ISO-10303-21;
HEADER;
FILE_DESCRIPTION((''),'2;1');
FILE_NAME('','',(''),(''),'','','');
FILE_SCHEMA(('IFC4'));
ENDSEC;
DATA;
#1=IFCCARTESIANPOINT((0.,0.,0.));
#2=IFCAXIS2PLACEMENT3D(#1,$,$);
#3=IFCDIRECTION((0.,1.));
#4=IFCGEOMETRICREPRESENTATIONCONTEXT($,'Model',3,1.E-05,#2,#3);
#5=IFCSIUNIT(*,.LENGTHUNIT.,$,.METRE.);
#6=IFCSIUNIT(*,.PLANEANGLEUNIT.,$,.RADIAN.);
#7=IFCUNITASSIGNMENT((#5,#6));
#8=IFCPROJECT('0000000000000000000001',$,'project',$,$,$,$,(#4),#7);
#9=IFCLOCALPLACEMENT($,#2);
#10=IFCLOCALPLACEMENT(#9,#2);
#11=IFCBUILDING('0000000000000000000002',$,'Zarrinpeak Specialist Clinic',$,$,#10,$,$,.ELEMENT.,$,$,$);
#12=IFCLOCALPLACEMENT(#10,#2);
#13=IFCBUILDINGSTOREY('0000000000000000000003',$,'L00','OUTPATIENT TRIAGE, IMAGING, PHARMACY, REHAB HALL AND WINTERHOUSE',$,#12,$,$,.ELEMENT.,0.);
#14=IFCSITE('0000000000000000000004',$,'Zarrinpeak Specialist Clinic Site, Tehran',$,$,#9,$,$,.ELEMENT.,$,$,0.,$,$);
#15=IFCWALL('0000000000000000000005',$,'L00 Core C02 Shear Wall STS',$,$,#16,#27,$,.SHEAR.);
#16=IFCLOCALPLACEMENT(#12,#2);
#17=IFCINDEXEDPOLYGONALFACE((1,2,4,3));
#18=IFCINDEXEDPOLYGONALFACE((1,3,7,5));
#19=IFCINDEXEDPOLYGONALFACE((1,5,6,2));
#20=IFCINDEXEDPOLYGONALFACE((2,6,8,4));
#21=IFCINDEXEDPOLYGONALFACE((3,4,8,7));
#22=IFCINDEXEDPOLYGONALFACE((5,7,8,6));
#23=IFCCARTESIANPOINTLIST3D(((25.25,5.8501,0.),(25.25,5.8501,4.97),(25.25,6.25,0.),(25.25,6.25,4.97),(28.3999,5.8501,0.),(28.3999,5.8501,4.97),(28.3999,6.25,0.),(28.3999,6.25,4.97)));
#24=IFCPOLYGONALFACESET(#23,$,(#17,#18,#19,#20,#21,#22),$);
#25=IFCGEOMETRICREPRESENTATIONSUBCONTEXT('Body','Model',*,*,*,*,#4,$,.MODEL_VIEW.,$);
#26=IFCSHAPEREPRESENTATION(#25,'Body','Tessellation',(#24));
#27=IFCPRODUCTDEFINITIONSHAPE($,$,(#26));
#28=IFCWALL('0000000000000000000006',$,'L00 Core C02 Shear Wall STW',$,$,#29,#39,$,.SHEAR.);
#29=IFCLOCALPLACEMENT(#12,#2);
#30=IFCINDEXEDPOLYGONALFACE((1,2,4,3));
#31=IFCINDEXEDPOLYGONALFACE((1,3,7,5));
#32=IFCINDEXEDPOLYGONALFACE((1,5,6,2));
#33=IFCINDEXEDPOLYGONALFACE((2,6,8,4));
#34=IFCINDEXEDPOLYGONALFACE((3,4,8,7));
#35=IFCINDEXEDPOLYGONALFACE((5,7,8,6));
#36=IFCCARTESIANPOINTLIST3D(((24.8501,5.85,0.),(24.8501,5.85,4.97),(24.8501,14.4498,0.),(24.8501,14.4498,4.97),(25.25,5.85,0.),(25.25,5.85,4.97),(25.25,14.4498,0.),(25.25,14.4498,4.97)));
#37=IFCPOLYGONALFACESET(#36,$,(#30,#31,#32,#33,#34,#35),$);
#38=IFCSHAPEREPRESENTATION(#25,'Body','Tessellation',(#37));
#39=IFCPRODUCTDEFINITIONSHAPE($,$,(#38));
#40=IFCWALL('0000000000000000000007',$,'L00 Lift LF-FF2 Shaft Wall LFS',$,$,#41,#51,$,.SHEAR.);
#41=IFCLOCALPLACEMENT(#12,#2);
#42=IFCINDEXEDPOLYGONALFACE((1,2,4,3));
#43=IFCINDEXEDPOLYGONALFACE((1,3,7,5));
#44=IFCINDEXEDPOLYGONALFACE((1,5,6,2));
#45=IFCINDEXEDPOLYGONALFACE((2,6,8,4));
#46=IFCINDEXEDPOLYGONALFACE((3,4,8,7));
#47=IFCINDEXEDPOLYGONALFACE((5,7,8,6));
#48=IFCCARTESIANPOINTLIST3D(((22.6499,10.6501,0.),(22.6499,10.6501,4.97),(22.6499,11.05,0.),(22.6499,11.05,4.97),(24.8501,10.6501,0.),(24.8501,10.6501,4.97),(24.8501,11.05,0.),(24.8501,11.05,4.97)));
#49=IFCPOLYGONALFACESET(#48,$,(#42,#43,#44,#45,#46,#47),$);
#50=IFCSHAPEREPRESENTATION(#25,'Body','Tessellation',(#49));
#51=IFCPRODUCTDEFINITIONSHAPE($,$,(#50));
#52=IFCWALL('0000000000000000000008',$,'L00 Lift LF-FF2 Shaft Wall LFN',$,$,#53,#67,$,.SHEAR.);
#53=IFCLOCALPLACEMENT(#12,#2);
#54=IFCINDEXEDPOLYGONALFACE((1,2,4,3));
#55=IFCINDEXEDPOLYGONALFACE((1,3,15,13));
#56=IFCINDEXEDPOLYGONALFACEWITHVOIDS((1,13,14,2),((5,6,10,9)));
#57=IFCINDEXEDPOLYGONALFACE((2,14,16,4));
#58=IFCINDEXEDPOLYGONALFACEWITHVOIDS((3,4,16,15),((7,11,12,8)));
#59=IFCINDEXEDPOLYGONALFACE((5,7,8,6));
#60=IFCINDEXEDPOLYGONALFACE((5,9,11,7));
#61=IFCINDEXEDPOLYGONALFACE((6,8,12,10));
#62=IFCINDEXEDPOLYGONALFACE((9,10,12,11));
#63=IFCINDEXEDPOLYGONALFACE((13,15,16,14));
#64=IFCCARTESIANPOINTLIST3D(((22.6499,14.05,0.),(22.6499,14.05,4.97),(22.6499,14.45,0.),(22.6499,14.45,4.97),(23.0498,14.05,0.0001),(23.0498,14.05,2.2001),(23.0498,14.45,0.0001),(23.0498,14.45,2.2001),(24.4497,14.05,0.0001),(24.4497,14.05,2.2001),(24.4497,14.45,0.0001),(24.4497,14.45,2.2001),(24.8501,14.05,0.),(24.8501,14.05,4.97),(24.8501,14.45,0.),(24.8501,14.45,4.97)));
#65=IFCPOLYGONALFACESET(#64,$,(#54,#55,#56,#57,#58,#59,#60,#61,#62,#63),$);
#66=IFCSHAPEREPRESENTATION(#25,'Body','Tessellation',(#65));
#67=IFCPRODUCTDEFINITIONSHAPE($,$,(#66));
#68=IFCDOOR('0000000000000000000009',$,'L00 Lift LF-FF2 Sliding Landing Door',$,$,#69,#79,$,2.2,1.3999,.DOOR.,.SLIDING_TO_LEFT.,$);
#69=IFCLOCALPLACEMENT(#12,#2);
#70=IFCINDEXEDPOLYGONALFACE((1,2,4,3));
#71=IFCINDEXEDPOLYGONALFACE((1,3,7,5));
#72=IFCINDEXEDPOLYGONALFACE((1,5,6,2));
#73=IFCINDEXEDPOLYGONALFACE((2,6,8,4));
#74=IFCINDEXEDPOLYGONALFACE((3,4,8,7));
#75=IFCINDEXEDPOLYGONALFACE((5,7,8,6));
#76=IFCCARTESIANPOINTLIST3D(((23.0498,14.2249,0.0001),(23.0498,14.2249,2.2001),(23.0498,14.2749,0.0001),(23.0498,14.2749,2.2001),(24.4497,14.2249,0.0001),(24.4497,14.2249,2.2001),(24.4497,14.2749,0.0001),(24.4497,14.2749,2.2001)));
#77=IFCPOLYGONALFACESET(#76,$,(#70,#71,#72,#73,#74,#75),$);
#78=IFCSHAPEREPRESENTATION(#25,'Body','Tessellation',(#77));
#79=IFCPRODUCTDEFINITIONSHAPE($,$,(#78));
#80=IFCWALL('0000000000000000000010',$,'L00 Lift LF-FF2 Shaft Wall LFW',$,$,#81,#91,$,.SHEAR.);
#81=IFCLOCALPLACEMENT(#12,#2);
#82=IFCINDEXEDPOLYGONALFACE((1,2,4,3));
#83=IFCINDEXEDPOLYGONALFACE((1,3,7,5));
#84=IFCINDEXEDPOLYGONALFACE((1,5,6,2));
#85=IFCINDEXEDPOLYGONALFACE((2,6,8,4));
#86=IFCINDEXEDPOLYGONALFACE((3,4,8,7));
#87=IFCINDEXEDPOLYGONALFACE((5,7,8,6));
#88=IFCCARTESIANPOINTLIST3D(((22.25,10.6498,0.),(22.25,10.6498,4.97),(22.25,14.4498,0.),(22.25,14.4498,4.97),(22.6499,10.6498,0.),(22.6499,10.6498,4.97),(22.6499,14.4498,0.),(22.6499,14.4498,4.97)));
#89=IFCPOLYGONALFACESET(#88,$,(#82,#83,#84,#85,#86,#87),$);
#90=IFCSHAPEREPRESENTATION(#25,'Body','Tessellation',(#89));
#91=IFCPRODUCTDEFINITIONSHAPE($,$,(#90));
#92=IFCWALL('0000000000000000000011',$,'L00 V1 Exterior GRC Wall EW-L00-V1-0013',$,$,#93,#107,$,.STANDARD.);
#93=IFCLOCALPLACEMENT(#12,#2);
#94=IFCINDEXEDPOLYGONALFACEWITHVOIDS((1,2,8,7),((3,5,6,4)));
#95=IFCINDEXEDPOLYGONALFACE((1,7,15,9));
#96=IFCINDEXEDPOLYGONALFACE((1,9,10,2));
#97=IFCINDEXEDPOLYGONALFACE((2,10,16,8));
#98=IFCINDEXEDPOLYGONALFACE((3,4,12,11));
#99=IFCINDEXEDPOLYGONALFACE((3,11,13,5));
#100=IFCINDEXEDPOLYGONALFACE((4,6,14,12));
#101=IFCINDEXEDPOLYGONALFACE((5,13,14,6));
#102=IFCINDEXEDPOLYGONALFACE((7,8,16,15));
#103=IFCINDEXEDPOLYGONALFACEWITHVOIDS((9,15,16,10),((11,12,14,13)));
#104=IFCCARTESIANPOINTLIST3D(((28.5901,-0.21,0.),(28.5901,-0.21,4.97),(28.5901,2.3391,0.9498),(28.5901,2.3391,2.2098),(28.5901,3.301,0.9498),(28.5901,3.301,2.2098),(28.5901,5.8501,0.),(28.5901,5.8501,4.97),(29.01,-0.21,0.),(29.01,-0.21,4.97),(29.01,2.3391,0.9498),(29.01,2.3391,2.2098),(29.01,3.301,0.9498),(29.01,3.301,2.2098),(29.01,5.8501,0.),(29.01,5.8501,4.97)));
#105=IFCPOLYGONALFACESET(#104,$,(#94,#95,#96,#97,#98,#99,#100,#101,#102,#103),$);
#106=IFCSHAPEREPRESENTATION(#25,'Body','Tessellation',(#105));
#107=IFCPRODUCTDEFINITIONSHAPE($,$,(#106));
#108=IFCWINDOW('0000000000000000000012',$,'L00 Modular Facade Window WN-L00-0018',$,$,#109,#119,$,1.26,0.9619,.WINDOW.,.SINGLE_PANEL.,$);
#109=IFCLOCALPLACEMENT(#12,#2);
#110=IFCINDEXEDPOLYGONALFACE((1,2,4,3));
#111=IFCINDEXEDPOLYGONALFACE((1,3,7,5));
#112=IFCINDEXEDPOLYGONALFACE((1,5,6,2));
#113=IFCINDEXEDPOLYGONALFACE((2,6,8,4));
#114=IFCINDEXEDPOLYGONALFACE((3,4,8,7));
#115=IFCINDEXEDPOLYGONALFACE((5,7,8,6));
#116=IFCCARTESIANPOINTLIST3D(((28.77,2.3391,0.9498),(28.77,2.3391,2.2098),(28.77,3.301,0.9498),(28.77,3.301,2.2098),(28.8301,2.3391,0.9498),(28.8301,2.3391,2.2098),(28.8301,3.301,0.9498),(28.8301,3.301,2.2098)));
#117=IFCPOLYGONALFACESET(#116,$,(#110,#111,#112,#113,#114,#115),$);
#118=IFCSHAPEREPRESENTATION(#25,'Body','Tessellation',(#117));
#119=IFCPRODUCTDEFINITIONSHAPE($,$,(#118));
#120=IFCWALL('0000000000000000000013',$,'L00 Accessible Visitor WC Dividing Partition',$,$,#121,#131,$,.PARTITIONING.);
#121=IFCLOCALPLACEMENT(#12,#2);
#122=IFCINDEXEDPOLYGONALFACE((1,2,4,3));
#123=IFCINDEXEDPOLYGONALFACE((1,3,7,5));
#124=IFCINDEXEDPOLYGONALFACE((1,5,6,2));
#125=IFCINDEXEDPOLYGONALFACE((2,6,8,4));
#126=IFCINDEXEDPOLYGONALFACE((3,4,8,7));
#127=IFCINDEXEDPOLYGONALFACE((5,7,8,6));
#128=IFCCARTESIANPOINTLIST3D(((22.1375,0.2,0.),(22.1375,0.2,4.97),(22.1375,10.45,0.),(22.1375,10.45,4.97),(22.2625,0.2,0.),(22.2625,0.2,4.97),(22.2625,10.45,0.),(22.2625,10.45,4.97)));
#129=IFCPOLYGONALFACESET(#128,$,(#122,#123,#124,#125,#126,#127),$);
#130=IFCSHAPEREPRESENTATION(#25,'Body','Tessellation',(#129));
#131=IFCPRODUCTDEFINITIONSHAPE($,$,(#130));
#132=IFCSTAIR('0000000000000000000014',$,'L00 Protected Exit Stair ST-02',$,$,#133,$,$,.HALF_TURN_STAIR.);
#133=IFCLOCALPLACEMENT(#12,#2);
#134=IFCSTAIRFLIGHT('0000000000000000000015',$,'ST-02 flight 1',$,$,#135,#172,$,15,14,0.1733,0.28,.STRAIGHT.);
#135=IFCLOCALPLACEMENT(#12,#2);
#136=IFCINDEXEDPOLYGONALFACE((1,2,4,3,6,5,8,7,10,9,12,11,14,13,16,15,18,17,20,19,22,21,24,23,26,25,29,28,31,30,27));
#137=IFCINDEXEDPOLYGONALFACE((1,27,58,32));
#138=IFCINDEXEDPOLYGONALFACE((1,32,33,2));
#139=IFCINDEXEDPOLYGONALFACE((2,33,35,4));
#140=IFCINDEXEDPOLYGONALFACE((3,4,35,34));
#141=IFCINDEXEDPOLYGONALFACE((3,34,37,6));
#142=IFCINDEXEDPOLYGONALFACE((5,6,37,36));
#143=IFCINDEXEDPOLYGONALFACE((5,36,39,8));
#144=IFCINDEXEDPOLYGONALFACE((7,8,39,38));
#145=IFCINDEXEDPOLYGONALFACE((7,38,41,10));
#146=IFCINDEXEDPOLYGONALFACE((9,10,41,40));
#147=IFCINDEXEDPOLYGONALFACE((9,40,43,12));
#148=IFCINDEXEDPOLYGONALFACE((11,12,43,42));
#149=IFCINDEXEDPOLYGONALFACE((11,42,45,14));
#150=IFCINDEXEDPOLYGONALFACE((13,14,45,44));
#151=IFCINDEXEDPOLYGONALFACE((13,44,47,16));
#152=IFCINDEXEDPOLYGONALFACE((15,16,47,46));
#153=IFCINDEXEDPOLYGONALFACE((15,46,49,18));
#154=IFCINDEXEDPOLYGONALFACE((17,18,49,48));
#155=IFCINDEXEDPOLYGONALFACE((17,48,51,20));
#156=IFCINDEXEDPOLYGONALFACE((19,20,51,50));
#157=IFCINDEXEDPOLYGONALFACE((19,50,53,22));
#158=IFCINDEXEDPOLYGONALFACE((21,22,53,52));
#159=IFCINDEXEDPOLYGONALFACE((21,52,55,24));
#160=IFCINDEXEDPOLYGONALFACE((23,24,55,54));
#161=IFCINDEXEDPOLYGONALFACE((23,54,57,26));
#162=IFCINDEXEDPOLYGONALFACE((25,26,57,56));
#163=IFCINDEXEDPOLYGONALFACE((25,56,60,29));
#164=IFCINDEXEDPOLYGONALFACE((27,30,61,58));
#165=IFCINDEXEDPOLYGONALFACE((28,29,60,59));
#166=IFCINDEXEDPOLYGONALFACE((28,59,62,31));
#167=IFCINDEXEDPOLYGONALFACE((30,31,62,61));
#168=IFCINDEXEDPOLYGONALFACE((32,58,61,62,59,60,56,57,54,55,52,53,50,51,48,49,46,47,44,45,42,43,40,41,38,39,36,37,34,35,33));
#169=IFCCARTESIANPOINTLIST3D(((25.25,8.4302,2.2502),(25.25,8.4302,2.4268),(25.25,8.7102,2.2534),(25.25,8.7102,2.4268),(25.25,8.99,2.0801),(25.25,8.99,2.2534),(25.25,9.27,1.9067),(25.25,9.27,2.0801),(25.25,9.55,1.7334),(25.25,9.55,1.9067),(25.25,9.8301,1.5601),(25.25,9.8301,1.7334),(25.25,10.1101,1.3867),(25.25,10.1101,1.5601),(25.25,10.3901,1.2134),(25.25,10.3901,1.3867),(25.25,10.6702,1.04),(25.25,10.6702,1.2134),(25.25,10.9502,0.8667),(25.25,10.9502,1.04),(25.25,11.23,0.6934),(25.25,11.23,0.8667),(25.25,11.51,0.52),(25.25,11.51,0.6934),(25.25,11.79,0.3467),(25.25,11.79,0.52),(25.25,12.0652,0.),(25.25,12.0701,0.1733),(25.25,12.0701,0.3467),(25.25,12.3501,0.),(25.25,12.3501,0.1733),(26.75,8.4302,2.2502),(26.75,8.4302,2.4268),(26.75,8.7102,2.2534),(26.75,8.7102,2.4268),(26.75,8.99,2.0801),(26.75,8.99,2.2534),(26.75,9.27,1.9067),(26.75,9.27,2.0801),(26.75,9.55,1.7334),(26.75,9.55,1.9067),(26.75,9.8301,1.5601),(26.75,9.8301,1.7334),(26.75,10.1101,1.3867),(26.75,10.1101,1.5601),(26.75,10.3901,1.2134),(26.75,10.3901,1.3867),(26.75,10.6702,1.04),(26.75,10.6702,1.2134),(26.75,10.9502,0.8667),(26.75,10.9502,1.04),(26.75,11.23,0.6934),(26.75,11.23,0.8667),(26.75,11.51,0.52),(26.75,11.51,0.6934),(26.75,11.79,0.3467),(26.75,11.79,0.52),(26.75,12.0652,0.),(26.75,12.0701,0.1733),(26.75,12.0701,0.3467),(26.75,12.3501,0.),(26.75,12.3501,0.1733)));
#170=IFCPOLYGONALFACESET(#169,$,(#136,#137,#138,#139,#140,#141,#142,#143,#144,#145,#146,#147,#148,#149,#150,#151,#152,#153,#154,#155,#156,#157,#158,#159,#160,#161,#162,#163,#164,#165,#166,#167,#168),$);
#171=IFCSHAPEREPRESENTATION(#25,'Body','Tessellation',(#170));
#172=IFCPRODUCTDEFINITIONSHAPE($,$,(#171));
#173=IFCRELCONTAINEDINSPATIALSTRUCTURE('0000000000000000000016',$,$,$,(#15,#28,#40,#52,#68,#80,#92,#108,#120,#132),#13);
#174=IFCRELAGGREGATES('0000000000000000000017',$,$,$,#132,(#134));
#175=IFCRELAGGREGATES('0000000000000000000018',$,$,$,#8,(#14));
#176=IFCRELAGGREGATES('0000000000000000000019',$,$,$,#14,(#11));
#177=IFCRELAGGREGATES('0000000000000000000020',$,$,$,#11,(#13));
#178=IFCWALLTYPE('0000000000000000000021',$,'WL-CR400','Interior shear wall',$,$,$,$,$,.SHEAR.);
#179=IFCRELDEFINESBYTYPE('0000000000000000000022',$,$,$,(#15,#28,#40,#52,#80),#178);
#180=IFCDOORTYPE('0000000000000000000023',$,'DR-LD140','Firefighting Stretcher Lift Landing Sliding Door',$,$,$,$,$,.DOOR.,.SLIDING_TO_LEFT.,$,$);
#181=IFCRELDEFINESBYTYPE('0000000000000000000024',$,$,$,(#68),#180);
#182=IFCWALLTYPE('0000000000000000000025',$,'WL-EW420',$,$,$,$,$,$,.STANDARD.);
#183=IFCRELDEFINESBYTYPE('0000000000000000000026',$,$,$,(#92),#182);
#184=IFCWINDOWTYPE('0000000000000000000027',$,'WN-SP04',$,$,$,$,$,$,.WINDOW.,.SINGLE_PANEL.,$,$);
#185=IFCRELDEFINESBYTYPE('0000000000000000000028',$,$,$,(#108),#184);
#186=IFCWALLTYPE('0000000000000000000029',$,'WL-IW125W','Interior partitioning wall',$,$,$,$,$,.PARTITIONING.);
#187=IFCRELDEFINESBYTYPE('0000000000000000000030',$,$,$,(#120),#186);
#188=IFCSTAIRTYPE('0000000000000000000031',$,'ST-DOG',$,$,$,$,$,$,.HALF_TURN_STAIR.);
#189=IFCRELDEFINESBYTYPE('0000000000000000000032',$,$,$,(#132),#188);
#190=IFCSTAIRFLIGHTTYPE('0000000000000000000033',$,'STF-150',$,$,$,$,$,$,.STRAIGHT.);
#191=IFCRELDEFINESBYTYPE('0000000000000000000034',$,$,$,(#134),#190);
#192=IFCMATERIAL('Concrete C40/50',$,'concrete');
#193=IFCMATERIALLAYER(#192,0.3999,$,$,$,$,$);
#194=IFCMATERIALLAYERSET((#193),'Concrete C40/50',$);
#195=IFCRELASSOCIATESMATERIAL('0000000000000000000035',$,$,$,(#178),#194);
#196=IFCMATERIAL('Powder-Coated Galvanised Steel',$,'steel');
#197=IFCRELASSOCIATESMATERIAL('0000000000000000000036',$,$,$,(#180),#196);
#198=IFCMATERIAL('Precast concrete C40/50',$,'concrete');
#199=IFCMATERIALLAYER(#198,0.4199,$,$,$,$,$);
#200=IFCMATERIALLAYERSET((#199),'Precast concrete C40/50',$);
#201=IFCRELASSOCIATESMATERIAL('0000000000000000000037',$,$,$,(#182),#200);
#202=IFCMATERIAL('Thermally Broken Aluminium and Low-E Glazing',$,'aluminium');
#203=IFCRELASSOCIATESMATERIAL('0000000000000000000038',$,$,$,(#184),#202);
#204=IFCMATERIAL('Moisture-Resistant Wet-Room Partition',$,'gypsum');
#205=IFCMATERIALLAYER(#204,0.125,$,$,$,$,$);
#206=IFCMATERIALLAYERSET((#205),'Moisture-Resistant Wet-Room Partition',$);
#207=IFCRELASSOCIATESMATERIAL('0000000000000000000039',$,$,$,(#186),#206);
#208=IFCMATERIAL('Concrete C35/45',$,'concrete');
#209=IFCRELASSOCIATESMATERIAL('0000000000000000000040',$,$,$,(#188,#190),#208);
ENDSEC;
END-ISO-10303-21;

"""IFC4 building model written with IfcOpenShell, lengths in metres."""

from ifc_helpers import new_model, si_unit, direction, frame, frame_2d, origin, place, context, subcontext, project, spatial, polyline, rectangle, outline, extrude, material, layer, layer_set, type_object, element, fill, aggregate, save


model = new_model("IFC4")

# Units and contexts
model_context = context("Model", 3, precision=1e-05, world=origin(), true_north=direction((0.0, 1.0)))
body_context = subcontext(model_context, "Body", "Model", "MODEL_VIEW")
ifc_project = project(units=[si_unit("LENGTHUNIT", "METRE"), si_unit("PLANEANGLEUNIT", "RADIAN")], contexts=[model_context])

# Site, building, storey
site_placement = place(None, origin())
site = spatial("IfcSite", under=ifc_project, at=site_placement, Name="Zarrinpeak Specialist Clinic Site, Tehran", CompositionType="ELEMENT", RefElevation=0.0)
building_placement = place(site_placement, origin())
building = spatial("IfcBuilding", under=site, at=building_placement, Name="Zarrinpeak Specialist Clinic", CompositionType="ELEMENT")
storey_placement = place(building_placement, origin())
storey = spatial("IfcBuildingStorey", under=building, at=storey_placement, Name="L00", Description="OUTPATIENT TRIAGE, IMAGING, PHARMACY, REHAB HALL AND WINTERHOUSE", CompositionType="ELEMENT", Elevation=0.0)

# Wall
ifc_material_1 = material(Name="Concrete C40/50", Category="concrete")
ifc_layer_1 = layer(ifc_material_1, 0.3999)
ifc_layer_set_1 = layer_set([ifc_layer_1], Name="Concrete C40/50")
wall_type_1 = type_object("IfcWallType", Name="WL-CR400", Description="Interior shear wall", PredefinedType="SHEAR", material=ifc_layer_set_1)
wall_1_placement = place(storey_placement, frame((25.25, 6.05, 0.0), z_axis=(0.0, 0.0, 1.0), x_axis=(1.0, 0.0, 0.0)))
element("IfcWall", 1, at=wall_1_placement, inside=storey, type_object=wall_type_1, Name="L00 Core C02 Shear Wall STS", PredefinedType="SHEAR", context=body_context, shape_type="SweptSolid", body=[
    extrude(rectangle(XDim=3.1499, YDim=0.3999, at=frame_2d((1.575, 0.0))), origin(), (0.0, 0.0, 1.0), 4.97),
])

# Shared definitions
ifc_material_2 = material(Name="Powder-Coated Galvanised Steel", Category="steel")

# Wall
wall_2_placement = place(storey_placement, frame((25.05, 5.8501, 0.0), z_axis=(0.0, 0.0, 1.0), x_axis=(0.0, 1.0, 0.0)))
element("IfcWall", 2, at=wall_2_placement, inside=storey, type_object=wall_type_1, Name="L00 Core C02 Shear Wall STW", PredefinedType="SHEAR", context=body_context, shape_type="SweptSolid", body=[
    extrude(rectangle(XDim=8.5999, YDim=0.3999, at=frame_2d((4.2998, 0.0))), origin(), (0.0, 0.0, 1.0), 4.97),
])

# Wall
wall_3_placement = place(storey_placement, frame((22.6499, 10.8501, 0.0), z_axis=(0.0, 0.0, 1.0), x_axis=(1.0, 0.0, 0.0)))
element("IfcWall", 3, at=wall_3_placement, inside=storey, type_object=wall_type_1, Name="L00 Lift LF-FF2 Shaft Wall LFS", PredefinedType="SHEAR", context=body_context, shape_type="SweptSolid", body=[
    extrude(rectangle(XDim=2.2002, YDim=0.3999, at=frame_2d((1.1001, 0.0))), origin(), (0.0, 0.0, 1.0), 4.97),
])

# Wall, opening, door
wall_4_placement = place(storey_placement, frame((22.6499, 14.25, 0.0), z_axis=(0.0, 0.0, 1.0), x_axis=(1.0, 0.0, 0.0)))
wall_4 = element("IfcWall", 4, at=wall_4_placement, inside=storey, type_object=wall_type_1, Name="L00 Lift LF-FF2 Shaft Wall LFN", PredefinedType="SHEAR", context=body_context, shape_type="SweptSolid", body=[
    extrude(rectangle(XDim=2.2002, YDim=0.3999, at=frame_2d((1.1001, 0.0))), origin(), (0.0, 0.0, 1.0), 4.97),
])
opening_1_placement = place(wall_4_placement, frame((0.3999, 0.0, 0.0)))
opening_1 = element("IfcOpeningElement", 5, at=opening_1_placement, cuts=wall_4, PredefinedType="OPENING", context=body_context, shape_type="SweptSolid", body=[
    extrude(rectangle(XDim=1.3999, YDim=2.2, at=frame_2d((0.7, 1.1001))), frame((0.0, 0.21, 0.0), z_axis=(0.0, -1.0, 0.0), x_axis=(1.0, 0.0, 0.0)), (0.0, 0.0, 1.0), 0.4199),
])
door_type_1 = type_object("IfcDoorType", Name="DR-LD140", Description="Firefighting Stretcher Lift Landing Sliding Door", OperationType="SLIDING_TO_LEFT", PredefinedType="DOOR", material=ifc_material_2)
door_1_placement = place(opening_1_placement, origin())
door_1 = element("IfcDoor", 6, at=door_1_placement, inside=storey, type_object=door_type_1, Name="L00 Lift LF-FF2 Sliding Landing Door", OperationType="SLIDING_TO_LEFT", OverallHeight=2.2, OverallWidth=1.3999, PredefinedType="DOOR", context=body_context, shape_type="SweptSolid", body=[
    extrude(rectangle(XDim=1.3999, YDim=2.2, at=frame_2d((0.7, 1.1001))), frame((0.0, 0.0249, 0.0), z_axis=(0.0, -1.0, 0.0), x_axis=(1.0, 0.0, 0.0)), (0.0, 0.0, 1.0), 0.05),
])
fill(opening_1, door_1)

# Wall
wall_5_placement = place(storey_placement, frame((22.45, 10.6499, 0.0), z_axis=(0.0, 0.0, 1.0), x_axis=(0.0, 1.0, 0.0)))
element("IfcWall", 7, at=wall_5_placement, inside=storey, type_object=wall_type_1, Name="L00 Lift LF-FF2 Shaft Wall LFW", PredefinedType="SHEAR", context=body_context, shape_type="SweptSolid", body=[
    extrude(rectangle(XDim=3.8, YDim=0.3999, at=frame_2d((1.8999, 0.0))), origin(), (0.0, 0.0, 1.0), 4.97),
])

# Wall, opening, window
ifc_material_3 = material(Name="Precast concrete C40/50", Category="concrete")
ifc_layer_2 = layer(ifc_material_3, 0.4199)
ifc_layer_set_2 = layer_set([ifc_layer_2], Name="Precast concrete C40/50")
wall_type_2 = type_object("IfcWallType", Name="WL-EW420", PredefinedType="STANDARD", material=ifc_layer_set_2)
wall_6_placement = place(storey_placement, frame((28.8, -0.21, 0.0), z_axis=(0.0, 0.0, 1.0), x_axis=(0.0, 1.0, 0.0)))
wall_6 = element("IfcWall", 8, at=wall_6_placement, inside=storey, type_object=wall_type_2, Name="L00 V1 Exterior GRC Wall EW-L00-V1-0013", PredefinedType="STANDARD", context=body_context, shape_type="SweptSolid", body=[
    extrude(rectangle(XDim=6.0601, YDim=0.4199, at=frame_2d((3.03, 0.0))), origin(), (0.0, 0.0, 1.0), 4.97),
])
opening_2_placement = place(wall_6_placement, frame((2.5491, 0.0, 0.95)))
opening_2 = element("IfcOpeningElement", 9, at=opening_2_placement, cuts=wall_6, PredefinedType="OPENING", context=body_context, shape_type="SweptSolid", body=[
    extrude(rectangle(XDim=0.9619, YDim=1.26, at=frame_2d((0.481, 0.6299))), frame((0.0, 0.22, 0.0), z_axis=(0.0, -1.0, 0.0), x_axis=(1.0, 0.0, 0.0)), (0.0, 0.0, 1.0), 0.4399),
])
ifc_material_4 = material(Name="Thermally Broken Aluminium and Low-E Glazing", Category="aluminium")
window_type = type_object("IfcWindowType", Name="WN-SP04", PartitioningType="SINGLE_PANEL", PredefinedType="WINDOW", material=ifc_material_4)
window_placement = place(opening_2_placement, origin())
window = element("IfcWindow", 10, at=window_placement, inside=storey, type_object=window_type, Name="L00 Modular Facade Window WN-L00-0018", OverallHeight=1.26, OverallWidth=0.9619, PartitioningType="SINGLE_PANEL", PredefinedType="WINDOW", context=body_context, shape_type="SweptSolid", body=[
    extrude(rectangle(XDim=0.9619, YDim=1.26, at=frame_2d((0.481, 0.6299))), frame((0.0, 0.03, 0.0), z_axis=(0.0, -1.0, 0.0), x_axis=(1.0, 0.0, 0.0)), (0.0, 0.0, 1.0), 0.0601),
])
fill(opening_2, window)

# Wall
ifc_material_5 = material(Name="Moisture-Resistant Wet-Room Partition", Category="gypsum")
ifc_layer_3 = layer(ifc_material_5, 0.125)
ifc_layer_set_3 = layer_set([ifc_layer_3], Name="Moisture-Resistant Wet-Room Partition")
wall_type_3 = type_object("IfcWallType", Name="WL-IW125W", Description="Interior partitioning wall", PredefinedType="PARTITIONING", material=ifc_layer_set_3)
wall_7_placement = place(storey_placement, frame((22.2, 0.2, 0.0), z_axis=(0.0, 0.0, 1.0), x_axis=(0.0, 1.0, 0.0)))
element("IfcWall", 11, at=wall_7_placement, inside=storey, type_object=wall_type_3, Name="L00 Accessible Visitor WC Dividing Partition", PredefinedType="PARTITIONING", context=body_context, shape_type="SweptSolid", body=[
    extrude(rectangle(XDim=10.25, YDim=0.125, at=frame_2d((5.125, 0.0))), origin(), (0.0, 0.0, 1.0), 4.97),
])

# Stair, stair flight
ifc_material_6 = material(Name="Concrete C35/45", Category="concrete")
stair_type = type_object("IfcStairType", Name="ST-DOG", PredefinedType="HALF_TURN_STAIR", material=ifc_material_6)
stair_placement = place(storey_placement, origin())
stair = element("IfcStair", 12, at=stair_placement, inside=storey, type_object=stair_type, Name="L00 Protected Exit Stair ST-02", PredefinedType="HALF_TURN_STAIR")
stair_flight_type = type_object("IfcStairFlightType", Name="STF-150", PredefinedType="STRAIGHT", material=ifc_material_6)
stair_flight_1_placement = place(storey_placement, frame((26.0, 12.3501, 0.0), z_axis=(0.0, 0.0, 1.0), x_axis=(0.0, -1.0, 0.0)))
stair_flight_1 = element("IfcStairFlight", 13, at=stair_flight_1_placement, type_object=stair_flight_type, Name="ST-02 flight 1", NumberOfRisers=15, NumberOfTreads=14, PredefinedType="STRAIGHT", RiserHeight=0.1733, TreadLength=0.28, context=body_context, shape_type="SweptSolid", body=[
    extrude(outline(polyline([(0.0, 0.0), (0.0, 0.1733), (0.28, 0.1733), (0.28, 0.3467), (0.5601, 0.3467), (0.5601, 0.52), (0.8401, 0.52), (0.8401, 0.6934), (1.1201, 0.6934), (1.1201, 0.8667), (1.3999, 0.8667), (1.3999, 1.04), (1.6799, 1.04), (1.6799, 1.2134), (1.96, 1.2134), (1.96, 1.3867), (2.24, 1.3867), (2.24, 1.5601), (2.52, 1.5601), (2.52, 1.7334), (2.8, 1.7334), (2.8, 1.9067), (3.0801, 1.9067), (3.0801, 2.0801), (3.3601, 2.0801), (3.3601, 2.2534), (3.6399, 2.2534), (3.6399, 2.4268), (3.9199, 2.4268), (3.9199, 2.6001), (3.9199, 2.2502), (0.2849, 0.0), (0.0, 0.0)])), frame((0.0, 0.75, 0.0), z_axis=(0.0, -1.0, 0.0), x_axis=(1.0, 0.0, 0.0)), (0.0, 0.0, 1.0), 1.5),
])
aggregate(stair, [stair_flight_1])

save(model, "model.ifc")
